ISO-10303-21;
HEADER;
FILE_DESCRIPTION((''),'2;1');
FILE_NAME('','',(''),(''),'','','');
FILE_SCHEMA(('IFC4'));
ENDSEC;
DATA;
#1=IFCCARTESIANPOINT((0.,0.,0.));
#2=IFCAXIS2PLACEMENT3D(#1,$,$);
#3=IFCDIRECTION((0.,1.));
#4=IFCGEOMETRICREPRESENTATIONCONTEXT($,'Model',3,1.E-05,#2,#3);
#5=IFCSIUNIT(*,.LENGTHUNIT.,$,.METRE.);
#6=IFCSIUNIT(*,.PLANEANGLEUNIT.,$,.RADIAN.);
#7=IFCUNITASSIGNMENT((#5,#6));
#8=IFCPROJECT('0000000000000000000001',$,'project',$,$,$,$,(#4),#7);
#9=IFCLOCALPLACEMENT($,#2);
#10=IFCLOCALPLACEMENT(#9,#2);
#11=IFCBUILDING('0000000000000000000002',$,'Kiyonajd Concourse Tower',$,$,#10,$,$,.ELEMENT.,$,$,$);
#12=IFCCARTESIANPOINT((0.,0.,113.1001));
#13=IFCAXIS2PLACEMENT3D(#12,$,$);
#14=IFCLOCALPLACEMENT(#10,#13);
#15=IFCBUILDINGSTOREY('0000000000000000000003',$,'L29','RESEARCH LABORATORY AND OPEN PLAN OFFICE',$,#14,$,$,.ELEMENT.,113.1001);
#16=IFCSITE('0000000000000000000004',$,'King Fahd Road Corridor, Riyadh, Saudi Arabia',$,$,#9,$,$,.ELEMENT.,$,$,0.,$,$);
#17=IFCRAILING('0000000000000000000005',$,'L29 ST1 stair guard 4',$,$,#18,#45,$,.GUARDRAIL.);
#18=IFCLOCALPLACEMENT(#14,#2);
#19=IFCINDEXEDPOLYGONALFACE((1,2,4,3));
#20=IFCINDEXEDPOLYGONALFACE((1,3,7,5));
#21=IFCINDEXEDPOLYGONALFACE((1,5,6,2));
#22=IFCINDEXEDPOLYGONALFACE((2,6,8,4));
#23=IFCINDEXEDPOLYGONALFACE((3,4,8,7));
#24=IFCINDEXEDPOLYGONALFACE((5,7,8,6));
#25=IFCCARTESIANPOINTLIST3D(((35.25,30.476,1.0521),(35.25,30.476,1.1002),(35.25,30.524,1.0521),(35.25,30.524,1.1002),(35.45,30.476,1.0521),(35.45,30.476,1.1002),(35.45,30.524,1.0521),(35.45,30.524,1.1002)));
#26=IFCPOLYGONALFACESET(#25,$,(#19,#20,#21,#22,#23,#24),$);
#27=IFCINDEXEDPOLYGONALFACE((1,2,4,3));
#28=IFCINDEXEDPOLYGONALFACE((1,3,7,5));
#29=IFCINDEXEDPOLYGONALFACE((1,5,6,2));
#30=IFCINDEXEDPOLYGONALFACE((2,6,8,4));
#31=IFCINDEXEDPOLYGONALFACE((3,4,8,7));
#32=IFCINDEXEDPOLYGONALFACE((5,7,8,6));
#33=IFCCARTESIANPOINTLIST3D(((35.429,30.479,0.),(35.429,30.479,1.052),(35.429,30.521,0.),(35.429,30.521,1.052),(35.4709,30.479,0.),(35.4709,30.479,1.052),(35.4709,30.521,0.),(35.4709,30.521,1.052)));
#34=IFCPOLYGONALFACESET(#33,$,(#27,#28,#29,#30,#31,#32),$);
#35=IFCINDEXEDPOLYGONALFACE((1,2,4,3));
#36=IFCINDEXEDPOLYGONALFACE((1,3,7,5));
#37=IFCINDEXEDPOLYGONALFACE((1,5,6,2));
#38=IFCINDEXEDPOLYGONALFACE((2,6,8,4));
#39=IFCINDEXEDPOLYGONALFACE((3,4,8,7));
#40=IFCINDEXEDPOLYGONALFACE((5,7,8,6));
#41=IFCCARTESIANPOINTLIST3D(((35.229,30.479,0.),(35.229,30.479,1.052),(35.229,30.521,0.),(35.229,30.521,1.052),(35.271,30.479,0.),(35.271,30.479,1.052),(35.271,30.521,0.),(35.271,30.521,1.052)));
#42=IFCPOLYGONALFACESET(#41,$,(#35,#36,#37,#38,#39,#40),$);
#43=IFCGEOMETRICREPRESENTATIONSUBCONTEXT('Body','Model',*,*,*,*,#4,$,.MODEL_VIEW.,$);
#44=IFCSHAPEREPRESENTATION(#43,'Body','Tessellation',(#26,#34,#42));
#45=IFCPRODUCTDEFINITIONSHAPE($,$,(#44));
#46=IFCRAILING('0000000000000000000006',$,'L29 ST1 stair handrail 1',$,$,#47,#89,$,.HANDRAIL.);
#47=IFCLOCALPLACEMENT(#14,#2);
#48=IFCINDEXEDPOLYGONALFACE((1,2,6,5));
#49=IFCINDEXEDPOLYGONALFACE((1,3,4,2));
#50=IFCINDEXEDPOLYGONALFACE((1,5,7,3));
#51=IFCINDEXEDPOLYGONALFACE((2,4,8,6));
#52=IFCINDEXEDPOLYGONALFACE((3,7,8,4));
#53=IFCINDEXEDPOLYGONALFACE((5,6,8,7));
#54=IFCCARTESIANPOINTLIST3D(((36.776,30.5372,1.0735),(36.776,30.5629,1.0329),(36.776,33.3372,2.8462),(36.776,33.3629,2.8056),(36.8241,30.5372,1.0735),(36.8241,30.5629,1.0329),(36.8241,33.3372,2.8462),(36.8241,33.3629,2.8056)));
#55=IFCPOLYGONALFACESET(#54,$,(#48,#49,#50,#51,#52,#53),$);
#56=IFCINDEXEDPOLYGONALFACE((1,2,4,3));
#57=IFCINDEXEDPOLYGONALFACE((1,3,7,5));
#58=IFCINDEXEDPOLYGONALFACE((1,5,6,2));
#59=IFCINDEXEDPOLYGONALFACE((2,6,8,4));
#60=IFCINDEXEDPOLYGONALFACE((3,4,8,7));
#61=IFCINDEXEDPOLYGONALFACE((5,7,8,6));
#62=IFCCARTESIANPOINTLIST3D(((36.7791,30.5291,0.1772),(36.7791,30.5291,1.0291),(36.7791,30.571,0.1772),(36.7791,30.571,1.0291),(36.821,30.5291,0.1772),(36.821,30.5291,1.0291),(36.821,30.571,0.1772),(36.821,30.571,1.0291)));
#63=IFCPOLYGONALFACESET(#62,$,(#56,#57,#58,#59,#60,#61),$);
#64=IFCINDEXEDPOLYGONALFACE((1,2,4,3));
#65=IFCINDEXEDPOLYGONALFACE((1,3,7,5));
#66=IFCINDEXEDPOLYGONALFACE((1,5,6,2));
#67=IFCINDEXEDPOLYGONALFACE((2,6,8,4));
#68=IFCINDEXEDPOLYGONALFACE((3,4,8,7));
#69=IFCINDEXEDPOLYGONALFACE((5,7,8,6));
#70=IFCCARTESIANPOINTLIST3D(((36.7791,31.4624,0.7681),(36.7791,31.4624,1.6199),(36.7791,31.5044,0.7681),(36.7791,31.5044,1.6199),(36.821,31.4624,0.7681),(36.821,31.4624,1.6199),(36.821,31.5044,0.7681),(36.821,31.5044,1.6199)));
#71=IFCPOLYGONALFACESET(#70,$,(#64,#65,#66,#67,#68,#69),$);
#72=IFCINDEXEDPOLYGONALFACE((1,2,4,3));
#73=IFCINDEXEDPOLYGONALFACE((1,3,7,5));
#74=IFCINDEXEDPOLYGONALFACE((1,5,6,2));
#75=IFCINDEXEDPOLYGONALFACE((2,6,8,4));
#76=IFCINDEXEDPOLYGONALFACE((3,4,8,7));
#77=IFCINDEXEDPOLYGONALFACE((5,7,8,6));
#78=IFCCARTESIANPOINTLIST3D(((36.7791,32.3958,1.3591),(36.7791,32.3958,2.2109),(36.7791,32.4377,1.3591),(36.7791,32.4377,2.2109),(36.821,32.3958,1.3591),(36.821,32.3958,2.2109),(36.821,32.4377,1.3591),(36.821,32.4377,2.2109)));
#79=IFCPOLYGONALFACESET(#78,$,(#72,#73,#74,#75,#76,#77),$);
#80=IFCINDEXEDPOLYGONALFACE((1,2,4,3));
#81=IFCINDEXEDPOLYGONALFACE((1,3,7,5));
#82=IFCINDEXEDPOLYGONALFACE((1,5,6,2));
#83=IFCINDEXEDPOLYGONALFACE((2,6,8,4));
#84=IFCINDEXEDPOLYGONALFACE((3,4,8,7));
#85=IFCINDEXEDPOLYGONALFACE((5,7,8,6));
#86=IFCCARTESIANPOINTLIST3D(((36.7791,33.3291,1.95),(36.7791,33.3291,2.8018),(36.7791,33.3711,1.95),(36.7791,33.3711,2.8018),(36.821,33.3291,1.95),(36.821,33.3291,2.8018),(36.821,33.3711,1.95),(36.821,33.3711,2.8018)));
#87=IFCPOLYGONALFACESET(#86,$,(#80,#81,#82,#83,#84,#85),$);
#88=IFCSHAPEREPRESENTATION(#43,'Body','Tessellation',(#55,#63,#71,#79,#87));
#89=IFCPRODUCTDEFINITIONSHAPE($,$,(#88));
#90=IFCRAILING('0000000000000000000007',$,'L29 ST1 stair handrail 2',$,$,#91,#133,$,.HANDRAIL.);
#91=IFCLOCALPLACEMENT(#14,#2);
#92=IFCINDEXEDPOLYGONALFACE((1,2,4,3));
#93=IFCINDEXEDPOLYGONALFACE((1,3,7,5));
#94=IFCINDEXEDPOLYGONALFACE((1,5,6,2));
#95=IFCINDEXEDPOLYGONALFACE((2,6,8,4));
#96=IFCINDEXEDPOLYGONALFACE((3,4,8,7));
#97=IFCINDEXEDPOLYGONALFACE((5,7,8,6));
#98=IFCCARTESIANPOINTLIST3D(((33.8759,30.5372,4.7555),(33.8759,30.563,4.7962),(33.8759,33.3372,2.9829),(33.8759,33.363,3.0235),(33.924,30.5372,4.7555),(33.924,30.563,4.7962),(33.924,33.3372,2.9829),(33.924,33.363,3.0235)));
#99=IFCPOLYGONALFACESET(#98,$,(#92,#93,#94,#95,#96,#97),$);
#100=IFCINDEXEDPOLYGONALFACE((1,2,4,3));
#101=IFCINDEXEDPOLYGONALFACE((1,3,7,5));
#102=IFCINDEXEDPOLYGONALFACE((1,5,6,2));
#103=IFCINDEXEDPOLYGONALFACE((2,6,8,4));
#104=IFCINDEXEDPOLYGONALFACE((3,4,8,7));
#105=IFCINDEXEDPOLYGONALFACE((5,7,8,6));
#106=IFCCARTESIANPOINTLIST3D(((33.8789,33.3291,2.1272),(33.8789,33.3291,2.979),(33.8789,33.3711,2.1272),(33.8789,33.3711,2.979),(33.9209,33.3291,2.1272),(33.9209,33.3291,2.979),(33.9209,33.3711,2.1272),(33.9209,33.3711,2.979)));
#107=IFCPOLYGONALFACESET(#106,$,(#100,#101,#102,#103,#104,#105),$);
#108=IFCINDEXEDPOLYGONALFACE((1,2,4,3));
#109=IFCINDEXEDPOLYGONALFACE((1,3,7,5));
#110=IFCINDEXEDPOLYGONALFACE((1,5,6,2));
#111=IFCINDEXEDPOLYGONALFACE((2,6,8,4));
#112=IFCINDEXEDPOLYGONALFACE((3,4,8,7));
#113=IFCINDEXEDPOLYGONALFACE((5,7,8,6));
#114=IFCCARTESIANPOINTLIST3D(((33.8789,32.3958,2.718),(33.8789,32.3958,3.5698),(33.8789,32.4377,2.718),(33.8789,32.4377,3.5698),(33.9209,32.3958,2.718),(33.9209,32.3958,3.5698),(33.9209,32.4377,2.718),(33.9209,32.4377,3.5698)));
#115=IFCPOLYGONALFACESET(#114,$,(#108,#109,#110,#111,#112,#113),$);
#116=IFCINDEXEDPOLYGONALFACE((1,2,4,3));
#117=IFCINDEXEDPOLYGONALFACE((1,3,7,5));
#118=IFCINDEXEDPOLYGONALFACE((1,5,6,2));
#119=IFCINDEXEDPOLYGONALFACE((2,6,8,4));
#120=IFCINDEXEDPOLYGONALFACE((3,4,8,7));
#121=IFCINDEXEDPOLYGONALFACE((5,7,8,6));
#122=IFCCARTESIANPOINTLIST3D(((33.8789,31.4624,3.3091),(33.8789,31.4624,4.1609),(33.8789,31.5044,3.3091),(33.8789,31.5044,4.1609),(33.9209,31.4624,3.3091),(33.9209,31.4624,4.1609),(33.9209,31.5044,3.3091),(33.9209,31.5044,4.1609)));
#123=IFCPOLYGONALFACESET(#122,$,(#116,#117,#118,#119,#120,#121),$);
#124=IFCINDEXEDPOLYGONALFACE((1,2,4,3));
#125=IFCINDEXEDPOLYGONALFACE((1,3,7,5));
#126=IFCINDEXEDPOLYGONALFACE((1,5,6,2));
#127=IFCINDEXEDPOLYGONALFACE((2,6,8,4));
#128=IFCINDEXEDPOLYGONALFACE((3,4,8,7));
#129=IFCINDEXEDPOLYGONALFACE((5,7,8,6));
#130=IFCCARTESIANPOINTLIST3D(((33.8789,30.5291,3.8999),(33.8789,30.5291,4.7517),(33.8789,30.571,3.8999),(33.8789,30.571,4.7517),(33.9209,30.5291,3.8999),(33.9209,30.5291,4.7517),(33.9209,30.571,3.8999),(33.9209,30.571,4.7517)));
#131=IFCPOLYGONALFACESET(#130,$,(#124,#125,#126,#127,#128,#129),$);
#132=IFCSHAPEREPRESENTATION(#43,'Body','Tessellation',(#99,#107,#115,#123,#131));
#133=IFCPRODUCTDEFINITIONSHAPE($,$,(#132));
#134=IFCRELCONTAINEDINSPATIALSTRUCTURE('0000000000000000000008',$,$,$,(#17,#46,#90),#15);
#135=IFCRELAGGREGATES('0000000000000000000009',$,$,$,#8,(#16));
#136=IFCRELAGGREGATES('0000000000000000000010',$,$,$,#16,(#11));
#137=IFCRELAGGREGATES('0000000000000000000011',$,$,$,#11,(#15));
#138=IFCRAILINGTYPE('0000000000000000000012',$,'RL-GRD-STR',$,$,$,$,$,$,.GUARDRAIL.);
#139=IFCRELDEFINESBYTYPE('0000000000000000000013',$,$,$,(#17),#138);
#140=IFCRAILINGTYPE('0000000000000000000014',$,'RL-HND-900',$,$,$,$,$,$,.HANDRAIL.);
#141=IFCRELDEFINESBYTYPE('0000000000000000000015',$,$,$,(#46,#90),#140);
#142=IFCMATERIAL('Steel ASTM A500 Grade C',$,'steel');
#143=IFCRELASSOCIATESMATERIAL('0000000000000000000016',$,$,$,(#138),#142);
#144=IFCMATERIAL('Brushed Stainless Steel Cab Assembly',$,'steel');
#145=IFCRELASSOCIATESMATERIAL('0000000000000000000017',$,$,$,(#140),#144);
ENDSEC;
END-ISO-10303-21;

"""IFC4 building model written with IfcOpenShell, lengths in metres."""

from ifc_helpers import new_model, si_unit, direction, frame, origin, origin_2d, place, context, subcontext, project, spatial, rectangle, extrude, material, type_object, element, save


model = new_model("IFC4")

# Units and contexts
model_context = context("Model", 3, precision=1e-05, world=origin(), true_north=direction((0.0, 1.0)))
body_context = subcontext(model_context, "Body", "Model", "MODEL_VIEW")
ifc_project = project(units=[si_unit("LENGTHUNIT", "METRE"), si_unit("PLANEANGLEUNIT", "RADIAN")], contexts=[model_context])

# Site, building, storey
site_placement = place(None, origin())
site = spatial("IfcSite", under=ifc_project, at=site_placement, Name="King Fahd Road Corridor, Riyadh, Saudi Arabia", CompositionType="ELEMENT", RefElevation=0.0)
building_placement = place(site_placement, origin())
building = spatial("IfcBuilding", under=site, at=building_placement, Name="Kiyonajd Concourse Tower", CompositionType="ELEMENT")
storey_placement = place(building_placement, frame((0.0, 0.0, 113.1001)))
storey = spatial("IfcBuildingStorey", under=building, at=storey_placement, Name="L29", Description="RESEARCH LABORATORY AND OPEN PLAN OFFICE", CompositionType="ELEMENT", Elevation=113.1001)

# Shared definitions
ifc_material_1 = material(Name="Brushed Stainless Steel Cab Assembly", Category="steel")

# Railings
ifc_material_2 = material(Name="Steel ASTM A500 Grade C", Category="steel")
railing_type_1 = type_object("IfcRailingType", Name="RL-GRD-STR", PredefinedType="GUARDRAIL", material=ifc_material_2)
railing_1_placement = place(storey_placement, frame((35.45, 30.5, 0.0)))
element("IfcRailing", 1, at=railing_1_placement, inside=storey, type_object=railing_type_1, Name="L29 ST1 stair guard 4", PredefinedType="GUARDRAIL", context=body_context, shape_type="SweptSolid", body=[
    extrude(rectangle(XDim=0.0481, YDim=0.0481, at=origin_2d()), frame((0.0, 0.0, 1.0762), z_axis=(-1.0, 0.0, 0.0), x_axis=(0.0, -1.0, 0.0)), (0.0, 0.0, 1.0), 0.2),
    extrude(rectangle(XDim=0.042, YDim=0.042, at=origin_2d()), origin(), (0.0, 0.0, 1.0), 1.052),
    extrude(rectangle(XDim=0.042, YDim=0.042, at=origin_2d()), frame((-0.2, 0.0, 0.0)), (0.0, 0.0, 1.0), 1.052),
])
railing_type_2 = type_object("IfcRailingType", Name="RL-HND-900", PredefinedType="HANDRAIL", material=ifc_material_1)
railing_2_placement = place(storey_placement, frame((36.8, 30.55, 0.1772)))
element("IfcRailing", 2, at=railing_2_placement, inside=storey, type_object=railing_type_2, Name="L29 ST1 stair handrail 1", PredefinedType="HANDRAIL", context=body_context, shape_type="SweptSolid", body=[
    extrude(rectangle(XDim=0.0481, YDim=0.0481, at=origin_2d()), frame((0.0, 0.0, 0.876), z_axis=(0.0, 0.844909, 0.53491), x_axis=(-1.0, 0.0, 0.0)), (0.0, 0.0, 1.0), 3.314),
    extrude(rectangle(XDim=0.042, YDim=0.042, at=origin_2d()), origin(), (0.0, 0.0, 1.0), 0.8518),
    extrude(rectangle(XDim=0.042, YDim=0.042, at=origin_2d()), frame((0.0, 0.9333, 0.5908)), (0.0, 0.0, 1.0), 0.8518),
    extrude(rectangle(XDim=0.042, YDim=0.042, at=origin_2d()), frame((0.0, 1.8667, 1.1819)), (0.0, 0.0, 1.0), 0.8518),
    extrude(rectangle(XDim=0.042, YDim=0.042, at=origin_2d()), frame((0.0, 2.8, 1.7727)), (0.0, 0.0, 1.0), 0.8518),
])
railing_3_placement = place(storey_placement, frame((33.8999, 33.3501, 2.1272)))
element("IfcRailing", 3, at=railing_3_placement, inside=storey, type_object=railing_type_2, Name="L29 ST1 stair handrail 2", PredefinedType="HANDRAIL", context=body_context, shape_type="SweptSolid", body=[
    extrude(rectangle(XDim=0.0481, YDim=0.0481, at=origin_2d()), frame((0.0, 0.0, 0.876), z_axis=(0.0, -0.844909, 0.53491), x_axis=(1.0, 0.0, 0.0)), (0.0, 0.0, 1.0), 3.314),
    extrude(rectangle(XDim=0.042, YDim=0.042, at=origin_2d()), origin(), (0.0, 0.0, 1.0), 0.8518),
    extrude(rectangle(XDim=0.042, YDim=0.042, at=origin_2d()), frame((0.0, -0.9333, 0.5908)), (0.0, 0.0, 1.0), 0.8518),
    extrude(rectangle(XDim=0.042, YDim=0.042, at=origin_2d()), frame((0.0, -1.8667, 1.1819)), (0.0, 0.0, 1.0), 0.8518),
    extrude(rectangle(XDim=0.042, YDim=0.042, at=origin_2d()), frame((0.0, -2.8, 1.7727)), (0.0, 0.0, 1.0), 0.8518),
])

save(model, "model.ifc")
